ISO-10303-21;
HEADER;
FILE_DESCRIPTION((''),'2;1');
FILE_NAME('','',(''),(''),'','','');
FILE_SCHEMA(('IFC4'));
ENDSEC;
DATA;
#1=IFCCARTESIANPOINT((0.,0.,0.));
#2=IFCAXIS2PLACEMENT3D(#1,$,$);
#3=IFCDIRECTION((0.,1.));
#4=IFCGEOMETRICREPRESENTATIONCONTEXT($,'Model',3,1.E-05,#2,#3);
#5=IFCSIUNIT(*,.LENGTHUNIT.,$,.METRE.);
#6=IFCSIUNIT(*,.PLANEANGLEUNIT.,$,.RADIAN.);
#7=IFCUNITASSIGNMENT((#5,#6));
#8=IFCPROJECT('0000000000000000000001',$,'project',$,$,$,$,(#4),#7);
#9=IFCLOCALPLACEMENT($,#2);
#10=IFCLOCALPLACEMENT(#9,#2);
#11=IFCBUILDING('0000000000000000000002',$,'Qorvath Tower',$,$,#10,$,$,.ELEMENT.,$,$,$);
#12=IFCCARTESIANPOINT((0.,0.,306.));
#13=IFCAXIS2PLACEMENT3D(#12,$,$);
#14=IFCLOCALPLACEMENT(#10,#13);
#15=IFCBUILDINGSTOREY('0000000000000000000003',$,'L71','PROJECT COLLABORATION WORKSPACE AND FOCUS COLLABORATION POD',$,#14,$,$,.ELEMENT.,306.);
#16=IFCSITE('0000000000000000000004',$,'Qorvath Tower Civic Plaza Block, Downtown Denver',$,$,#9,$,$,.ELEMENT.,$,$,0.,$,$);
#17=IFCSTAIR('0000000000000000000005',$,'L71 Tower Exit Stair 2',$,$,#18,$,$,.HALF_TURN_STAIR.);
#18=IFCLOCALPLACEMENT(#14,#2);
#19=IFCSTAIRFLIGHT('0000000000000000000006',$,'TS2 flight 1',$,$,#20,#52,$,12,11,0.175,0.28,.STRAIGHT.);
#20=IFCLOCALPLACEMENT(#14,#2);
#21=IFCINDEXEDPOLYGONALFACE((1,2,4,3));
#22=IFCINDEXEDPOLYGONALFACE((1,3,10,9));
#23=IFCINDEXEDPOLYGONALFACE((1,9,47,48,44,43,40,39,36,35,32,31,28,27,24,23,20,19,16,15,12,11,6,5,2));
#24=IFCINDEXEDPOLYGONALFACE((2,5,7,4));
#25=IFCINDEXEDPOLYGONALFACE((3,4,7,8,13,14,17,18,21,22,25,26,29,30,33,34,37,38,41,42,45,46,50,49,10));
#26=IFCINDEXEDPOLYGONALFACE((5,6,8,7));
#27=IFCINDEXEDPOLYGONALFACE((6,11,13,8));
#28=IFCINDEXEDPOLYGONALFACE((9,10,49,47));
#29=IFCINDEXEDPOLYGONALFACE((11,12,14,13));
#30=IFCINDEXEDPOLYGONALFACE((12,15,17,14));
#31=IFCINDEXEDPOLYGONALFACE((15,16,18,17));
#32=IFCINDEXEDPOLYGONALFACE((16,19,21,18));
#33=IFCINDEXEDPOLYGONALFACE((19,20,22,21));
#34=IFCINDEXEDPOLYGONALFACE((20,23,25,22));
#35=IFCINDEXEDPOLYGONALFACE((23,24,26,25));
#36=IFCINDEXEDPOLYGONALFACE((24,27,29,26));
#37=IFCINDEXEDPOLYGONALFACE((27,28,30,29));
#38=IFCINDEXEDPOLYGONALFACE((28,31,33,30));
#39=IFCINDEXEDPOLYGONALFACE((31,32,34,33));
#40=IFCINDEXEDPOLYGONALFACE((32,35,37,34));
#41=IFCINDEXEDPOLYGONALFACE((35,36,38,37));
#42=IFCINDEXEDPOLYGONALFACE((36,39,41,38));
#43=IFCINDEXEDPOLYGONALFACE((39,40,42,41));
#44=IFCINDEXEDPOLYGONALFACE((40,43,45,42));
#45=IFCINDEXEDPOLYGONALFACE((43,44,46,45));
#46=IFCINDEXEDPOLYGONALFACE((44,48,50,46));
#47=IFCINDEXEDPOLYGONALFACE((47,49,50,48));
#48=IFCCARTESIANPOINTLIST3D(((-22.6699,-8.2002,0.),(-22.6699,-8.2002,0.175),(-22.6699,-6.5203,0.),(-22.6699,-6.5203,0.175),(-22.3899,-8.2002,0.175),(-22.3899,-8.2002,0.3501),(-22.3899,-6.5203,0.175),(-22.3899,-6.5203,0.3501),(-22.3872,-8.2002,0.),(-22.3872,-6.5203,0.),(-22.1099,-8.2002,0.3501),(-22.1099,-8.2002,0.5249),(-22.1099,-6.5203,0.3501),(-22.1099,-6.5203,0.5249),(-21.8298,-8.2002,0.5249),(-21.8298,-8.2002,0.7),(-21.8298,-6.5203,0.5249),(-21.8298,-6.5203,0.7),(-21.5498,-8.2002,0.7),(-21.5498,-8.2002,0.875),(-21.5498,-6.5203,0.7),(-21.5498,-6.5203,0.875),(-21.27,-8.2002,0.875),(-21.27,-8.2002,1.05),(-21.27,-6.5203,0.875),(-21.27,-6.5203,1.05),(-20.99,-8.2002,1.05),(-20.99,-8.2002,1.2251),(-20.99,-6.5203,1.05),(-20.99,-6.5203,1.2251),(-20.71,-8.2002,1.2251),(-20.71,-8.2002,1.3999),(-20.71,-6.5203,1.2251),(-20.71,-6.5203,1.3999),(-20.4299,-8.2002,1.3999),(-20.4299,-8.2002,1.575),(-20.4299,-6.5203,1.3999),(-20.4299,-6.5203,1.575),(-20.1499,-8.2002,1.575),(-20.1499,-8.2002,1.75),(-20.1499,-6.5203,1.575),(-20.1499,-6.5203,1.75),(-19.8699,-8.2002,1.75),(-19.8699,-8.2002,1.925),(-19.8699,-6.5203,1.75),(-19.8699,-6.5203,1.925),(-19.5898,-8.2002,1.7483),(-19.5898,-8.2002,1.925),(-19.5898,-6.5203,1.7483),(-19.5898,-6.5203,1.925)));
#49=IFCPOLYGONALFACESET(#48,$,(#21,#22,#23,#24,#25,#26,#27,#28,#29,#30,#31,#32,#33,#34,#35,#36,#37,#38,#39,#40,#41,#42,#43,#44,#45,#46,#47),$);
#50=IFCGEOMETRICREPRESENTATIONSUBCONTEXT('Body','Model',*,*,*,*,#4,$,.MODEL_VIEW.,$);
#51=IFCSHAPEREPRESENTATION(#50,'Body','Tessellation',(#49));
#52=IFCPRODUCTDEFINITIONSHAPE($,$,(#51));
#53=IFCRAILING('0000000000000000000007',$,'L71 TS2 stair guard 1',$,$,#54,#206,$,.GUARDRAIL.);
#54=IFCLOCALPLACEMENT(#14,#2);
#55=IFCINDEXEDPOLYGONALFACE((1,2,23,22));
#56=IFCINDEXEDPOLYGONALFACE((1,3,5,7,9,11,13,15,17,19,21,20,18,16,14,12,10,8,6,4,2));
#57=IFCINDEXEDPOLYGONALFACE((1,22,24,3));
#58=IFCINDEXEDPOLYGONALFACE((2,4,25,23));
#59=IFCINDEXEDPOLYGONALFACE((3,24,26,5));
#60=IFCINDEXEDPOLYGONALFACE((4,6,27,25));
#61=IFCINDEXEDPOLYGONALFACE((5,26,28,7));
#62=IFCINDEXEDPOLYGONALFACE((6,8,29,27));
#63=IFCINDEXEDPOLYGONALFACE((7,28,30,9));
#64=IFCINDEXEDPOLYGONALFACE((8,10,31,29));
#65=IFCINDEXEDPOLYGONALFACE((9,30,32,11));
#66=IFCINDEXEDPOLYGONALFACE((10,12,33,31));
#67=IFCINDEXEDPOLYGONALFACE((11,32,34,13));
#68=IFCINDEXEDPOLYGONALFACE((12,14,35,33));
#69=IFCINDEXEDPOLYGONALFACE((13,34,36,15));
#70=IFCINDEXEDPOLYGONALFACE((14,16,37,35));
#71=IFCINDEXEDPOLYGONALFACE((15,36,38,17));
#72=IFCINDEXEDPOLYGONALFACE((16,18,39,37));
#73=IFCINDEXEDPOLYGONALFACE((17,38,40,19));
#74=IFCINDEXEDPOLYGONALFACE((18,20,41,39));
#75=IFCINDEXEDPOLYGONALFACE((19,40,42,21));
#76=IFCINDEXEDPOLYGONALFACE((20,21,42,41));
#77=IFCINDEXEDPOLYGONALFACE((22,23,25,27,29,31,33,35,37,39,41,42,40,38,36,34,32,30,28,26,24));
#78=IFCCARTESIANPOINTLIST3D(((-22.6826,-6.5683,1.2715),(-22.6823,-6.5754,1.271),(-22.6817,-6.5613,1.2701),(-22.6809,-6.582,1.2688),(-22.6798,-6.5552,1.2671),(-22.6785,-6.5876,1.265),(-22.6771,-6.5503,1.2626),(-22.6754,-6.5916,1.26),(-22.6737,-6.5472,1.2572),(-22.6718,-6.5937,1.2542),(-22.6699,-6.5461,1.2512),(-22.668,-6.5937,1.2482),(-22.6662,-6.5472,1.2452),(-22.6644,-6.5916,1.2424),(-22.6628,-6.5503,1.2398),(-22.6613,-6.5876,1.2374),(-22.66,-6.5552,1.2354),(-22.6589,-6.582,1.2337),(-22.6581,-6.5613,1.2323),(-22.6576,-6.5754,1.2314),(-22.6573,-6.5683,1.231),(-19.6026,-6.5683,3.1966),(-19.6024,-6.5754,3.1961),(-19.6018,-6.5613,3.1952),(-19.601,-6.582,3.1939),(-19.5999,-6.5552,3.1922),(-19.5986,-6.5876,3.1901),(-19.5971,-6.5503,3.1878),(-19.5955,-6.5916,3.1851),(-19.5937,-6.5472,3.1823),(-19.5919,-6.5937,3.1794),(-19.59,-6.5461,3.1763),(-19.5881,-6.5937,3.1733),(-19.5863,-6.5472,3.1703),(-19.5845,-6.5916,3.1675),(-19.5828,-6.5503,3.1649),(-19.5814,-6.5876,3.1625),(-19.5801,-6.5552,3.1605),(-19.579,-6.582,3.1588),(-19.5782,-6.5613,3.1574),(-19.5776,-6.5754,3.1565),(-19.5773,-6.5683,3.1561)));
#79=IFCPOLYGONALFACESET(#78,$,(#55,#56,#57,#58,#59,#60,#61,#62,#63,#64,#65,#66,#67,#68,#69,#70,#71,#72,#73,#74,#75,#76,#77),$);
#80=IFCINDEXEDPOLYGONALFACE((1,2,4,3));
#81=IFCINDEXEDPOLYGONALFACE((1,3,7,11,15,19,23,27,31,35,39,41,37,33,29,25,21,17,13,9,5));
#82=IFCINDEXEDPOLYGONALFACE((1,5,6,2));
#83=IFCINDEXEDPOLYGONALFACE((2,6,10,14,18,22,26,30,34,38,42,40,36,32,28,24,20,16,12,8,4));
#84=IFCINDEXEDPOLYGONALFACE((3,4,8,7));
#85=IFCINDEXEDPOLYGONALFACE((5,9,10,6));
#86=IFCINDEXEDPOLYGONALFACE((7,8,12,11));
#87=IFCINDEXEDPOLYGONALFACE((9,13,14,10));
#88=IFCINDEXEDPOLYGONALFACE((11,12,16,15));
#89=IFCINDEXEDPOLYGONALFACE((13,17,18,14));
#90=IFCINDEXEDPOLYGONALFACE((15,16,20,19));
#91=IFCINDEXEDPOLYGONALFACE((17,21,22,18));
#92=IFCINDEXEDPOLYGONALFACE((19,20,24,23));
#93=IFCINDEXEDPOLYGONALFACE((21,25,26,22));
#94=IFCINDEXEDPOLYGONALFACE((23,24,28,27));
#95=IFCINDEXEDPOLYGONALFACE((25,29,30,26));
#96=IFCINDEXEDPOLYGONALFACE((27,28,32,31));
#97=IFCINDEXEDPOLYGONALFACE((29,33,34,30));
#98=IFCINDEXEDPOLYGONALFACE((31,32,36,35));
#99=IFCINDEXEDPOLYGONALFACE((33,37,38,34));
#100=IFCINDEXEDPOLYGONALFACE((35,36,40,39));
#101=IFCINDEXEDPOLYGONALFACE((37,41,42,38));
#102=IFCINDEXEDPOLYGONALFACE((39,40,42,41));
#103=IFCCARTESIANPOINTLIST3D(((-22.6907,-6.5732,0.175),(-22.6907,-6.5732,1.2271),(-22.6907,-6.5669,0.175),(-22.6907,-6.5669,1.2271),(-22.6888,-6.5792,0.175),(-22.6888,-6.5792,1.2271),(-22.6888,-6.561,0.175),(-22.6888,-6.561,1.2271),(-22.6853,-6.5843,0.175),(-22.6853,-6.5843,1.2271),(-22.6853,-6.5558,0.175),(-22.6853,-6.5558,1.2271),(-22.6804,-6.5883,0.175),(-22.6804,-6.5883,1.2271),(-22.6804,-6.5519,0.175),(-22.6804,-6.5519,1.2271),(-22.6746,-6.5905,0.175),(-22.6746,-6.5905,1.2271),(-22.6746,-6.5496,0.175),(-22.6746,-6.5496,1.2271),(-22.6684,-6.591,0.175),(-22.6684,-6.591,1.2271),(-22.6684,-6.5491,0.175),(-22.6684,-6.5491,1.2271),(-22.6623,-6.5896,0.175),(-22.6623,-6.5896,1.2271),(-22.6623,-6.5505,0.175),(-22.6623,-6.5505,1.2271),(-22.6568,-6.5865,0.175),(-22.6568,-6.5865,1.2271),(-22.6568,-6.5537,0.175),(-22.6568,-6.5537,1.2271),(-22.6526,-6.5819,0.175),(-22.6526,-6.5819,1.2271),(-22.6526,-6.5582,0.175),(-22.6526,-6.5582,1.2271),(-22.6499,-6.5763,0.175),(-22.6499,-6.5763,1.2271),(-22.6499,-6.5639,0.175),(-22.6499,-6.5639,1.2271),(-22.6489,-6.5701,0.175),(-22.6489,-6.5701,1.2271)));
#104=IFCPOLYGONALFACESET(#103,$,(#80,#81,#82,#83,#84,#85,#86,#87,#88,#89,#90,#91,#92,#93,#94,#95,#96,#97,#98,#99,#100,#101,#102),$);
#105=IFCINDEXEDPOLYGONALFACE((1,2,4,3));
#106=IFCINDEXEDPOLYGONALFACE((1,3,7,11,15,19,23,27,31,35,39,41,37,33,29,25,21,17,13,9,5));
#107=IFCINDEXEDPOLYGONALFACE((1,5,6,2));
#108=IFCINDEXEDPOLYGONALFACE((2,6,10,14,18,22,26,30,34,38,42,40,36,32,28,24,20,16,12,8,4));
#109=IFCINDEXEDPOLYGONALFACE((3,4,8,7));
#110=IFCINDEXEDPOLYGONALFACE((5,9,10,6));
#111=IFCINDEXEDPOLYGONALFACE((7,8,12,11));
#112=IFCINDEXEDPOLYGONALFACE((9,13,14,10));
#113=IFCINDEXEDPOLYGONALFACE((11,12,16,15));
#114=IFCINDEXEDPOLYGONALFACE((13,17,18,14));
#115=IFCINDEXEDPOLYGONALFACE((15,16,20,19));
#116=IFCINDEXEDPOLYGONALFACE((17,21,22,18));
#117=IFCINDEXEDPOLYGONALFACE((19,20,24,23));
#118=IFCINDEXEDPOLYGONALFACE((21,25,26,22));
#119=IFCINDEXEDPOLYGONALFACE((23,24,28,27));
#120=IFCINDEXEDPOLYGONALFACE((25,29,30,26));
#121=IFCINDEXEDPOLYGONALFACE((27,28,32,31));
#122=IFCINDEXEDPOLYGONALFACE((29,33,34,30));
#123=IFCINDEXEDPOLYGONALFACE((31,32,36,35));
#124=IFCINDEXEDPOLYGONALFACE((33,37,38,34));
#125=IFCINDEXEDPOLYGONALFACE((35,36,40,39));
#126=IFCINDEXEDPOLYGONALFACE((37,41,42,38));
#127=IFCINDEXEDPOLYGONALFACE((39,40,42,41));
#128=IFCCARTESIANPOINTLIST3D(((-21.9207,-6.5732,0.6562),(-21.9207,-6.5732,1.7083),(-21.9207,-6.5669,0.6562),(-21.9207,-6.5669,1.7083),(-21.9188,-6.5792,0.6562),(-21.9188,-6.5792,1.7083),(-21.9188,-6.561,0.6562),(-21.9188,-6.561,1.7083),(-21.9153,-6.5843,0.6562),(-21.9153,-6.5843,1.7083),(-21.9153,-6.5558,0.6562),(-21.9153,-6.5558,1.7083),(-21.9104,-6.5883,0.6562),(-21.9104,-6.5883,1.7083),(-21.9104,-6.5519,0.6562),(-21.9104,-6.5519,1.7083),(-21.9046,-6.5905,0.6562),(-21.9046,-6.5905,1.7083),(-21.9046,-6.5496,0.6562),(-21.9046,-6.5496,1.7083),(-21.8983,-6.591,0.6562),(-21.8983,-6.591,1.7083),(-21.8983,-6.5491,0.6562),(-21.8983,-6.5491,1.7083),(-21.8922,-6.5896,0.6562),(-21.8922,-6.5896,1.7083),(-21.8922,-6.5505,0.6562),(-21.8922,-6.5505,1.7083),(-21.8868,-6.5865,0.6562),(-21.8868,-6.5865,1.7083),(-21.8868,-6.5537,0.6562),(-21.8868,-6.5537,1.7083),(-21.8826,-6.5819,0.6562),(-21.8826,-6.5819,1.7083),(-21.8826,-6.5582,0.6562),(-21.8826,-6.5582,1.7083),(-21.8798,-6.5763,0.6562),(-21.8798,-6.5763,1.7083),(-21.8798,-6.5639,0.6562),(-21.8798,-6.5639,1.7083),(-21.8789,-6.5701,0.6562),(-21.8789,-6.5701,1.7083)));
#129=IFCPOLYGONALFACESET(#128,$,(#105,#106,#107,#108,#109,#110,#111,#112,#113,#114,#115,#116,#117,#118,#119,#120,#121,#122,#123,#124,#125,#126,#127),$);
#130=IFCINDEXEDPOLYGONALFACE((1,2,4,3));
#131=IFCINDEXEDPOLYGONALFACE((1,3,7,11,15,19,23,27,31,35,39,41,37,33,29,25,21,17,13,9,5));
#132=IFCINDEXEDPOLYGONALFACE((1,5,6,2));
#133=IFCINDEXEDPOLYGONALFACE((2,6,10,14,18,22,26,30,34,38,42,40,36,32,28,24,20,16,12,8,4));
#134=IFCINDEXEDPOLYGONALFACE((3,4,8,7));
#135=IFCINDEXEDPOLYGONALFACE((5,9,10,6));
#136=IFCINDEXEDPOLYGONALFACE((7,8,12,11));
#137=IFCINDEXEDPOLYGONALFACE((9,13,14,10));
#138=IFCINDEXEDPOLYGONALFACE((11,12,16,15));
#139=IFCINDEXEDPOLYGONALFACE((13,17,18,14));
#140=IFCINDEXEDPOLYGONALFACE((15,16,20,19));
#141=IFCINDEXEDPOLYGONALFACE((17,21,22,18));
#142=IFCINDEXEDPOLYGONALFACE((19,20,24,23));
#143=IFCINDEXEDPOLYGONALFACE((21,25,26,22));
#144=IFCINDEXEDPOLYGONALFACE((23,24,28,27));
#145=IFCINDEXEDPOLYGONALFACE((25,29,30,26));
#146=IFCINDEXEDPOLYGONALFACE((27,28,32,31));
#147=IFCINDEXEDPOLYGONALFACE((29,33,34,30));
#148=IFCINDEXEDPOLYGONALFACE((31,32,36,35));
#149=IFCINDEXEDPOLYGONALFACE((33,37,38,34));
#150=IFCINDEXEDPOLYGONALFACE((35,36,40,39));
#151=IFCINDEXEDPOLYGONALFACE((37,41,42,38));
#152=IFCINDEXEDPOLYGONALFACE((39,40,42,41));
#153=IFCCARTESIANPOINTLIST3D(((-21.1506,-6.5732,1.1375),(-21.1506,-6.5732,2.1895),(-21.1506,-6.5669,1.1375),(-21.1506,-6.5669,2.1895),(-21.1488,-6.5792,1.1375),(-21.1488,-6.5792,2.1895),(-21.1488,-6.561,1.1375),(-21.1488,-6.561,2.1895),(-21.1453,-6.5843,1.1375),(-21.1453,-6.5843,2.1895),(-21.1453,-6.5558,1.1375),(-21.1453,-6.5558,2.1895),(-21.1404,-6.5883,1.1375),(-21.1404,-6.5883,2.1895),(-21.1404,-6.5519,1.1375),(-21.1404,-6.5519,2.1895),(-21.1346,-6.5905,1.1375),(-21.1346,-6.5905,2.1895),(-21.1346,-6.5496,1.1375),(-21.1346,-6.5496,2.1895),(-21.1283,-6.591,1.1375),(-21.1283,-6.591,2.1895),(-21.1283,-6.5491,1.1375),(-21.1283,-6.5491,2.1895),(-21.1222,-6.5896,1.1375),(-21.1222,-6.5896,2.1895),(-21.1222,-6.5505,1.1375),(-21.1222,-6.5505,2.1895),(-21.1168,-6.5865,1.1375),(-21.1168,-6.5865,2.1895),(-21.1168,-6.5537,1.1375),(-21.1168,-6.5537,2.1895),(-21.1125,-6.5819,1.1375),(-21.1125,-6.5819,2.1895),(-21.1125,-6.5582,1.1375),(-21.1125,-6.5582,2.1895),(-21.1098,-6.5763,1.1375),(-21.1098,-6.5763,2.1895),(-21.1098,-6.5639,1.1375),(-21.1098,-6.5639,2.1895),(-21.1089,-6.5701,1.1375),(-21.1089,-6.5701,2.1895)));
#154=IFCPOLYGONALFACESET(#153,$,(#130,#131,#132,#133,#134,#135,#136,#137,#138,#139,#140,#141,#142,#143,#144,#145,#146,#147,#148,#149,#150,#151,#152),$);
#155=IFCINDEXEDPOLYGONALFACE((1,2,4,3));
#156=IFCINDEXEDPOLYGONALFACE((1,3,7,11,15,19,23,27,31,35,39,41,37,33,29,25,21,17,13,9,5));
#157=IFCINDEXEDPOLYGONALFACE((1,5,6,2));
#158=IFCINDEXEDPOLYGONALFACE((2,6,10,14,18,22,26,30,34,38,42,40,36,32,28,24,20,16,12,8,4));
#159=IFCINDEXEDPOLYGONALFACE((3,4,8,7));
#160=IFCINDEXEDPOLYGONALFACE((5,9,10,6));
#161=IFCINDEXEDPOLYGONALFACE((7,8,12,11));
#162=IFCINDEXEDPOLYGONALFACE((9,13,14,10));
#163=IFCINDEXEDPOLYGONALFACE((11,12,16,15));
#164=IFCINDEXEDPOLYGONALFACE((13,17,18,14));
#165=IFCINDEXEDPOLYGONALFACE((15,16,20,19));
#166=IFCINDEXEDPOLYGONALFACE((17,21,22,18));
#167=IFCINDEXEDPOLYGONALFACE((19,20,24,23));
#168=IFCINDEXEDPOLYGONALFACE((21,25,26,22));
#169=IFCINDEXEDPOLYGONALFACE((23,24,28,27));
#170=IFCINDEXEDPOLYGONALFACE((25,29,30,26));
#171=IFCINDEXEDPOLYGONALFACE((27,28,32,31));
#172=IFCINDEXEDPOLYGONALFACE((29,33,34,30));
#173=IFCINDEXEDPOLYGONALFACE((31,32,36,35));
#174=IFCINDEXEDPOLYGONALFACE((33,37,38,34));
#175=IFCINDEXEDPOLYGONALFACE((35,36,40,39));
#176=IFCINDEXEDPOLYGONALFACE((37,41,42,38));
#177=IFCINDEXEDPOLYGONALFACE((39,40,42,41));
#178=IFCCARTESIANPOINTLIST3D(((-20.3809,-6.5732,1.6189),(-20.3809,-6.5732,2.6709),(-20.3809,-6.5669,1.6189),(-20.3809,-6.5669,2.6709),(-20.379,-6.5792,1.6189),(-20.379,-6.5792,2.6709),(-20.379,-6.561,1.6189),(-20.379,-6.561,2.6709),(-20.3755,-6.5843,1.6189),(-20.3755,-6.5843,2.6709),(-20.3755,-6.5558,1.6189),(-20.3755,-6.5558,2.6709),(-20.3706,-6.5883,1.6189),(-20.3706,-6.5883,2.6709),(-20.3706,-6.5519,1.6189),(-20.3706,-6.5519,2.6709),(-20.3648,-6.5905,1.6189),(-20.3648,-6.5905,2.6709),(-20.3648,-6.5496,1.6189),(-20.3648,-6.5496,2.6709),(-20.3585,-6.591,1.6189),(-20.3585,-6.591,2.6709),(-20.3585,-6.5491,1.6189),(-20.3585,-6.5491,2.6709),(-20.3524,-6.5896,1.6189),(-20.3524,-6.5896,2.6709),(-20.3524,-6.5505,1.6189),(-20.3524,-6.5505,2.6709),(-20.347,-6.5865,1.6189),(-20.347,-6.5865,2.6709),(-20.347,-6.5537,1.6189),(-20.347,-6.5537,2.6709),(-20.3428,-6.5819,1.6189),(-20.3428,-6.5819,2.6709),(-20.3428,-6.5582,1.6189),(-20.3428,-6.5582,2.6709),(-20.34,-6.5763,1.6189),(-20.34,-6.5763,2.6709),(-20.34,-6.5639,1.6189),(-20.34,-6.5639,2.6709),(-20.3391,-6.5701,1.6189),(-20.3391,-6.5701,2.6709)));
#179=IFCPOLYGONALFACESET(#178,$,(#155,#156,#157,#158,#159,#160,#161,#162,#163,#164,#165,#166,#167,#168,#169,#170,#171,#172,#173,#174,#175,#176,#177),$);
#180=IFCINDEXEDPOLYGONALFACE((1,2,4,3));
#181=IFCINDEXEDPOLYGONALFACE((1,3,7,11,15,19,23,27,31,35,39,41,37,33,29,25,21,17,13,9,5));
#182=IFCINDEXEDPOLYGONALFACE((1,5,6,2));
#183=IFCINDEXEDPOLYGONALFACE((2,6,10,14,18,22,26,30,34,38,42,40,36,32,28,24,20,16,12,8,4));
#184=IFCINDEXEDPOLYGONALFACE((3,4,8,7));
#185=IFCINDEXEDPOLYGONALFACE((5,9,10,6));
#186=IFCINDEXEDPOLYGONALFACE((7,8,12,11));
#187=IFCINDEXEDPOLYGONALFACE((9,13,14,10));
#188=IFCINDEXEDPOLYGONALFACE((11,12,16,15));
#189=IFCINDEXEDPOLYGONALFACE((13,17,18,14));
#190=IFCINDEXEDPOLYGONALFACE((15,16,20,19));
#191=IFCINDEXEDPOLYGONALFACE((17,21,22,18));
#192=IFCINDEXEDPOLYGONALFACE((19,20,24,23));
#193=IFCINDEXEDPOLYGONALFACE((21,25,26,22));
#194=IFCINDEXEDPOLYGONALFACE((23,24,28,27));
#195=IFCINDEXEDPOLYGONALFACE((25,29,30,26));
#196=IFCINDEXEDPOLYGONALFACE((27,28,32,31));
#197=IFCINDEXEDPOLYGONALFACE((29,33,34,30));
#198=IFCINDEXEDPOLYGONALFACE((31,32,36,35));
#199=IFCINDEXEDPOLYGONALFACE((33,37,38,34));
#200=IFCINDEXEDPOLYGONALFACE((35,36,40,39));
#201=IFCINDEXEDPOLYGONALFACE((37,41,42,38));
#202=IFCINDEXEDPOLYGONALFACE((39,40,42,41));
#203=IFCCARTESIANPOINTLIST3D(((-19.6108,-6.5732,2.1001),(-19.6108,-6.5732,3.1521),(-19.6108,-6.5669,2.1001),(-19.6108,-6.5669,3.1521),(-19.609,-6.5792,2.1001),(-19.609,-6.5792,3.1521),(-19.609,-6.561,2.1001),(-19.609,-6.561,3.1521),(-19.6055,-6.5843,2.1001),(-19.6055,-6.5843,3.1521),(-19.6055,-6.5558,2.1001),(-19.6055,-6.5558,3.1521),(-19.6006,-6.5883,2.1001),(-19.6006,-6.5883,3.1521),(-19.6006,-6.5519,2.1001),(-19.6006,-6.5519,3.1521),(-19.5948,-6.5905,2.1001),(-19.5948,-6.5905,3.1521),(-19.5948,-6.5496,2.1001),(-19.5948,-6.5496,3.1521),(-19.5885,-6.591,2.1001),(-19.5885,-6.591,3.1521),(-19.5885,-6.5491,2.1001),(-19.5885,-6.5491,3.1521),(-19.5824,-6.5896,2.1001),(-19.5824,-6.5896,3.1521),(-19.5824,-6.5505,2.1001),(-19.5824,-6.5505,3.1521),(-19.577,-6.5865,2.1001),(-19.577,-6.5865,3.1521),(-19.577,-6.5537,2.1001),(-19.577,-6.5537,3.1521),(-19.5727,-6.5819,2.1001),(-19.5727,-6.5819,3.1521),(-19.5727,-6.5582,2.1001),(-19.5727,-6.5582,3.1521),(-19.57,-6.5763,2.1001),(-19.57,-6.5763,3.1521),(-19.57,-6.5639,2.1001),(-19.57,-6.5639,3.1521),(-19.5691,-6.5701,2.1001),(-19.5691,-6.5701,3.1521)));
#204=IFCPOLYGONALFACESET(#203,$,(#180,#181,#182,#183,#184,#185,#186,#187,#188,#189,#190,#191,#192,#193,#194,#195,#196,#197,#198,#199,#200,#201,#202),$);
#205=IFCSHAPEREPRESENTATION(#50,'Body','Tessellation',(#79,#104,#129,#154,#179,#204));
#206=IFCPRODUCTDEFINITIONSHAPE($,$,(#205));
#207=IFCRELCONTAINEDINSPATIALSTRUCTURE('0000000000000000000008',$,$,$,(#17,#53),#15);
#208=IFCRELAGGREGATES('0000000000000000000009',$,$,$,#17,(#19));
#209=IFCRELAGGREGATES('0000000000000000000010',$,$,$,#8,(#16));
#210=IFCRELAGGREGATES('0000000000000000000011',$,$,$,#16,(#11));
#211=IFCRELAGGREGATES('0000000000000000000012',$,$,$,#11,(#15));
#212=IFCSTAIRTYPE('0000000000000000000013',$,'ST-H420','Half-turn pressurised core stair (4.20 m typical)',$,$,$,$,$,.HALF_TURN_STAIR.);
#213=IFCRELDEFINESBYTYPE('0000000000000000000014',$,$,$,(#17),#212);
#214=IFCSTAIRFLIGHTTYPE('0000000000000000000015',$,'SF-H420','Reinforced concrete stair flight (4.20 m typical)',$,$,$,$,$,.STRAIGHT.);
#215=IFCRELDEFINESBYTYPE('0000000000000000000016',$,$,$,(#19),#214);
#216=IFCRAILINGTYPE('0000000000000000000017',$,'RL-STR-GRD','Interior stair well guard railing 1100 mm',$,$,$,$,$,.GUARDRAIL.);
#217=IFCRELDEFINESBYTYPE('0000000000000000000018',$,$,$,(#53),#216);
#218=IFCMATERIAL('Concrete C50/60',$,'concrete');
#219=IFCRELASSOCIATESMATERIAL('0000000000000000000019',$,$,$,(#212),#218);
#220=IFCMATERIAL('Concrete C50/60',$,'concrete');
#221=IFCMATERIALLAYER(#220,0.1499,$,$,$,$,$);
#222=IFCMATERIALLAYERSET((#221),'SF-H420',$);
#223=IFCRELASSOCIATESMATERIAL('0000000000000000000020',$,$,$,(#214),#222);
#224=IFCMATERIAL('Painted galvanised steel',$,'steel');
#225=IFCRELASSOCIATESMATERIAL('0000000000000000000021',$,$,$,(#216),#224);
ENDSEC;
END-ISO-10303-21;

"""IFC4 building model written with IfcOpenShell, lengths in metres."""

from ifc_helpers import new_model, si_unit, direction, frame, origin, origin_2d, place, context, subcontext, project, spatial, polyline, circle, outline, extrude, material, layer, layer_set, type_object, element, aggregate, save


model = new_model("IFC4")

# Units and contexts
model_context = context("Model", 3, precision=1e-05, world=origin(), true_north=direction((0.0, 1.0)))
body_context = subcontext(model_context, "Body", "Model", "MODEL_VIEW")
ifc_project = project(units=[si_unit("LENGTHUNIT", "METRE"), si_unit("PLANEANGLEUNIT", "RADIAN")], contexts=[model_context])

# Site, building, storey
site_placement = place(None, origin())
site = spatial("IfcSite", under=ifc_project, at=site_placement, Name="Qorvath Tower Civic Plaza Block, Downtown Denver", CompositionType="ELEMENT", RefElevation=0.0)
building_placement = place(site_placement, origin())
building = spatial("IfcBuilding", under=site, at=building_placement, Name="Qorvath Tower", CompositionType="ELEMENT")
storey_placement = place(building_placement, frame((0.0, 0.0, 306.0)))
storey = spatial("IfcBuildingStorey", under=building, at=storey_placement, Name="L71", Description="PROJECT COLLABORATION WORKSPACE AND FOCUS COLLABORATION POD", CompositionType="ELEMENT", Elevation=306.0)

# Stair, stair flight
ifc_material_1 = material(Name="Concrete C50/60", Category="concrete")
stair_type = type_object("IfcStairType", Name="ST-H420", Description="Half-turn pressurised core stair (4.20 m typical)", PredefinedType="HALF_TURN_STAIR", material=ifc_material_1)
stair_placement = place(storey_placement, origin())
stair = element("IfcStair", 1, at=stair_placement, inside=storey, type_object=stair_type, Name="L71 Tower Exit Stair 2", PredefinedType="HALF_TURN_STAIR")
ifc_material_2 = material(Name="Concrete C50/60", Category="concrete")
ifc_layer_1 = layer(ifc_material_2, 0.1499)
ifc_layer_set_1 = layer_set([ifc_layer_1], Name="SF-H420")
stair_flight_type = type_object("IfcStairFlightType", Name="SF-H420", Description="Reinforced concrete stair flight (4.20 m typical)", PredefinedType="STRAIGHT", material=ifc_layer_set_1)
stair_flight_placement = place(storey_placement, frame((-22.6699, -7.3601, 0.0), z_axis=(0.0, 0.0, 1.0), x_axis=(1.0, 0.0, 0.0)))
stair_flight = element("IfcStairFlight", 2, at=stair_flight_placement, type_object=stair_flight_type, Name="TS2 flight 1", NumberOfRisers=12, NumberOfTreads=11, PredefinedType="STRAIGHT", RiserHeight=0.175, TreadLength=0.28, context=body_context, shape_type="SweptSolid", body=[
    extrude(outline(polyline([(0.0, 0.0), (0.0, 0.175), (0.28, 0.175), (0.28, 0.3501), (0.5601, 0.3501), (0.5601, 0.5249), (0.8401, 0.5249), (0.8401, 0.7), (1.1201, 0.7), (1.1201, 0.875), (1.3999, 0.875), (1.3999, 1.05), (1.6799, 1.05), (1.6799, 1.2251), (1.96, 1.2251), (1.96, 1.3999), (2.24, 1.3999), (2.24, 1.575), (2.52, 1.575), (2.52, 1.75), (2.8, 1.75), (2.8, 1.925), (3.0801, 1.925), (3.0801, 2.1001), (3.0801, 1.7483), (0.2827, 0.0), (0.0, 0.0)])), frame((0.0, 0.8398, 0.0), z_axis=(0.0, -1.0, 0.0), x_axis=(1.0, 0.0, 0.0)), (0.0, 0.0, 1.0), 1.6799),
])
aggregate(stair, [stair_flight])

# Railing
ifc_material_3 = material(Name="Painted galvanised steel", Category="steel")
railing_type_1 = type_object("IfcRailingType", Name="RL-STR-GRD", Description="Interior stair well guard railing 1100 mm", PredefinedType="GUARDRAIL", material=ifc_material_3)
railing_1_placement = place(storey_placement, frame((-22.6699, -6.5701, 0.175)))
element("IfcRailing", 3, at=railing_1_placement, inside=storey, type_object=railing_type_1, Name="L71 TS2 stair guard 1", PredefinedType="GUARDRAIL", context=body_context, shape_type="SweptSolid", body=[
    extrude(circle(Radius=0.0239, at=origin_2d()), frame((0.0, 0.0, 1.0762), z_axis=(0.847979, 0.0, 0.530029), x_axis=(0.0, 1.0, 0.0)), (0.0, 0.0, 1.0), 3.6321),
    extrude(circle(Radius=0.021, at=origin_2d()), origin(), (0.0, 0.0, 1.0), 1.052),
    extrude(circle(Radius=0.021, at=origin_2d()), frame((0.77, 0.0, 0.4812)), (0.0, 0.0, 1.0), 1.052),
    extrude(circle(Radius=0.021, at=origin_2d()), frame((1.54, 0.0, 0.9624)), (0.0, 0.0, 1.0), 1.052),
    extrude(circle(Radius=0.021, at=origin_2d()), frame((2.3098, 0.0, 1.4438)), (0.0, 0.0, 1.0), 1.052),
    extrude(circle(Radius=0.021, at=origin_2d()), frame((3.0798, 0.0, 1.925)), (0.0, 0.0, 1.0), 1.052),
])

save(model, "model.ifc")
